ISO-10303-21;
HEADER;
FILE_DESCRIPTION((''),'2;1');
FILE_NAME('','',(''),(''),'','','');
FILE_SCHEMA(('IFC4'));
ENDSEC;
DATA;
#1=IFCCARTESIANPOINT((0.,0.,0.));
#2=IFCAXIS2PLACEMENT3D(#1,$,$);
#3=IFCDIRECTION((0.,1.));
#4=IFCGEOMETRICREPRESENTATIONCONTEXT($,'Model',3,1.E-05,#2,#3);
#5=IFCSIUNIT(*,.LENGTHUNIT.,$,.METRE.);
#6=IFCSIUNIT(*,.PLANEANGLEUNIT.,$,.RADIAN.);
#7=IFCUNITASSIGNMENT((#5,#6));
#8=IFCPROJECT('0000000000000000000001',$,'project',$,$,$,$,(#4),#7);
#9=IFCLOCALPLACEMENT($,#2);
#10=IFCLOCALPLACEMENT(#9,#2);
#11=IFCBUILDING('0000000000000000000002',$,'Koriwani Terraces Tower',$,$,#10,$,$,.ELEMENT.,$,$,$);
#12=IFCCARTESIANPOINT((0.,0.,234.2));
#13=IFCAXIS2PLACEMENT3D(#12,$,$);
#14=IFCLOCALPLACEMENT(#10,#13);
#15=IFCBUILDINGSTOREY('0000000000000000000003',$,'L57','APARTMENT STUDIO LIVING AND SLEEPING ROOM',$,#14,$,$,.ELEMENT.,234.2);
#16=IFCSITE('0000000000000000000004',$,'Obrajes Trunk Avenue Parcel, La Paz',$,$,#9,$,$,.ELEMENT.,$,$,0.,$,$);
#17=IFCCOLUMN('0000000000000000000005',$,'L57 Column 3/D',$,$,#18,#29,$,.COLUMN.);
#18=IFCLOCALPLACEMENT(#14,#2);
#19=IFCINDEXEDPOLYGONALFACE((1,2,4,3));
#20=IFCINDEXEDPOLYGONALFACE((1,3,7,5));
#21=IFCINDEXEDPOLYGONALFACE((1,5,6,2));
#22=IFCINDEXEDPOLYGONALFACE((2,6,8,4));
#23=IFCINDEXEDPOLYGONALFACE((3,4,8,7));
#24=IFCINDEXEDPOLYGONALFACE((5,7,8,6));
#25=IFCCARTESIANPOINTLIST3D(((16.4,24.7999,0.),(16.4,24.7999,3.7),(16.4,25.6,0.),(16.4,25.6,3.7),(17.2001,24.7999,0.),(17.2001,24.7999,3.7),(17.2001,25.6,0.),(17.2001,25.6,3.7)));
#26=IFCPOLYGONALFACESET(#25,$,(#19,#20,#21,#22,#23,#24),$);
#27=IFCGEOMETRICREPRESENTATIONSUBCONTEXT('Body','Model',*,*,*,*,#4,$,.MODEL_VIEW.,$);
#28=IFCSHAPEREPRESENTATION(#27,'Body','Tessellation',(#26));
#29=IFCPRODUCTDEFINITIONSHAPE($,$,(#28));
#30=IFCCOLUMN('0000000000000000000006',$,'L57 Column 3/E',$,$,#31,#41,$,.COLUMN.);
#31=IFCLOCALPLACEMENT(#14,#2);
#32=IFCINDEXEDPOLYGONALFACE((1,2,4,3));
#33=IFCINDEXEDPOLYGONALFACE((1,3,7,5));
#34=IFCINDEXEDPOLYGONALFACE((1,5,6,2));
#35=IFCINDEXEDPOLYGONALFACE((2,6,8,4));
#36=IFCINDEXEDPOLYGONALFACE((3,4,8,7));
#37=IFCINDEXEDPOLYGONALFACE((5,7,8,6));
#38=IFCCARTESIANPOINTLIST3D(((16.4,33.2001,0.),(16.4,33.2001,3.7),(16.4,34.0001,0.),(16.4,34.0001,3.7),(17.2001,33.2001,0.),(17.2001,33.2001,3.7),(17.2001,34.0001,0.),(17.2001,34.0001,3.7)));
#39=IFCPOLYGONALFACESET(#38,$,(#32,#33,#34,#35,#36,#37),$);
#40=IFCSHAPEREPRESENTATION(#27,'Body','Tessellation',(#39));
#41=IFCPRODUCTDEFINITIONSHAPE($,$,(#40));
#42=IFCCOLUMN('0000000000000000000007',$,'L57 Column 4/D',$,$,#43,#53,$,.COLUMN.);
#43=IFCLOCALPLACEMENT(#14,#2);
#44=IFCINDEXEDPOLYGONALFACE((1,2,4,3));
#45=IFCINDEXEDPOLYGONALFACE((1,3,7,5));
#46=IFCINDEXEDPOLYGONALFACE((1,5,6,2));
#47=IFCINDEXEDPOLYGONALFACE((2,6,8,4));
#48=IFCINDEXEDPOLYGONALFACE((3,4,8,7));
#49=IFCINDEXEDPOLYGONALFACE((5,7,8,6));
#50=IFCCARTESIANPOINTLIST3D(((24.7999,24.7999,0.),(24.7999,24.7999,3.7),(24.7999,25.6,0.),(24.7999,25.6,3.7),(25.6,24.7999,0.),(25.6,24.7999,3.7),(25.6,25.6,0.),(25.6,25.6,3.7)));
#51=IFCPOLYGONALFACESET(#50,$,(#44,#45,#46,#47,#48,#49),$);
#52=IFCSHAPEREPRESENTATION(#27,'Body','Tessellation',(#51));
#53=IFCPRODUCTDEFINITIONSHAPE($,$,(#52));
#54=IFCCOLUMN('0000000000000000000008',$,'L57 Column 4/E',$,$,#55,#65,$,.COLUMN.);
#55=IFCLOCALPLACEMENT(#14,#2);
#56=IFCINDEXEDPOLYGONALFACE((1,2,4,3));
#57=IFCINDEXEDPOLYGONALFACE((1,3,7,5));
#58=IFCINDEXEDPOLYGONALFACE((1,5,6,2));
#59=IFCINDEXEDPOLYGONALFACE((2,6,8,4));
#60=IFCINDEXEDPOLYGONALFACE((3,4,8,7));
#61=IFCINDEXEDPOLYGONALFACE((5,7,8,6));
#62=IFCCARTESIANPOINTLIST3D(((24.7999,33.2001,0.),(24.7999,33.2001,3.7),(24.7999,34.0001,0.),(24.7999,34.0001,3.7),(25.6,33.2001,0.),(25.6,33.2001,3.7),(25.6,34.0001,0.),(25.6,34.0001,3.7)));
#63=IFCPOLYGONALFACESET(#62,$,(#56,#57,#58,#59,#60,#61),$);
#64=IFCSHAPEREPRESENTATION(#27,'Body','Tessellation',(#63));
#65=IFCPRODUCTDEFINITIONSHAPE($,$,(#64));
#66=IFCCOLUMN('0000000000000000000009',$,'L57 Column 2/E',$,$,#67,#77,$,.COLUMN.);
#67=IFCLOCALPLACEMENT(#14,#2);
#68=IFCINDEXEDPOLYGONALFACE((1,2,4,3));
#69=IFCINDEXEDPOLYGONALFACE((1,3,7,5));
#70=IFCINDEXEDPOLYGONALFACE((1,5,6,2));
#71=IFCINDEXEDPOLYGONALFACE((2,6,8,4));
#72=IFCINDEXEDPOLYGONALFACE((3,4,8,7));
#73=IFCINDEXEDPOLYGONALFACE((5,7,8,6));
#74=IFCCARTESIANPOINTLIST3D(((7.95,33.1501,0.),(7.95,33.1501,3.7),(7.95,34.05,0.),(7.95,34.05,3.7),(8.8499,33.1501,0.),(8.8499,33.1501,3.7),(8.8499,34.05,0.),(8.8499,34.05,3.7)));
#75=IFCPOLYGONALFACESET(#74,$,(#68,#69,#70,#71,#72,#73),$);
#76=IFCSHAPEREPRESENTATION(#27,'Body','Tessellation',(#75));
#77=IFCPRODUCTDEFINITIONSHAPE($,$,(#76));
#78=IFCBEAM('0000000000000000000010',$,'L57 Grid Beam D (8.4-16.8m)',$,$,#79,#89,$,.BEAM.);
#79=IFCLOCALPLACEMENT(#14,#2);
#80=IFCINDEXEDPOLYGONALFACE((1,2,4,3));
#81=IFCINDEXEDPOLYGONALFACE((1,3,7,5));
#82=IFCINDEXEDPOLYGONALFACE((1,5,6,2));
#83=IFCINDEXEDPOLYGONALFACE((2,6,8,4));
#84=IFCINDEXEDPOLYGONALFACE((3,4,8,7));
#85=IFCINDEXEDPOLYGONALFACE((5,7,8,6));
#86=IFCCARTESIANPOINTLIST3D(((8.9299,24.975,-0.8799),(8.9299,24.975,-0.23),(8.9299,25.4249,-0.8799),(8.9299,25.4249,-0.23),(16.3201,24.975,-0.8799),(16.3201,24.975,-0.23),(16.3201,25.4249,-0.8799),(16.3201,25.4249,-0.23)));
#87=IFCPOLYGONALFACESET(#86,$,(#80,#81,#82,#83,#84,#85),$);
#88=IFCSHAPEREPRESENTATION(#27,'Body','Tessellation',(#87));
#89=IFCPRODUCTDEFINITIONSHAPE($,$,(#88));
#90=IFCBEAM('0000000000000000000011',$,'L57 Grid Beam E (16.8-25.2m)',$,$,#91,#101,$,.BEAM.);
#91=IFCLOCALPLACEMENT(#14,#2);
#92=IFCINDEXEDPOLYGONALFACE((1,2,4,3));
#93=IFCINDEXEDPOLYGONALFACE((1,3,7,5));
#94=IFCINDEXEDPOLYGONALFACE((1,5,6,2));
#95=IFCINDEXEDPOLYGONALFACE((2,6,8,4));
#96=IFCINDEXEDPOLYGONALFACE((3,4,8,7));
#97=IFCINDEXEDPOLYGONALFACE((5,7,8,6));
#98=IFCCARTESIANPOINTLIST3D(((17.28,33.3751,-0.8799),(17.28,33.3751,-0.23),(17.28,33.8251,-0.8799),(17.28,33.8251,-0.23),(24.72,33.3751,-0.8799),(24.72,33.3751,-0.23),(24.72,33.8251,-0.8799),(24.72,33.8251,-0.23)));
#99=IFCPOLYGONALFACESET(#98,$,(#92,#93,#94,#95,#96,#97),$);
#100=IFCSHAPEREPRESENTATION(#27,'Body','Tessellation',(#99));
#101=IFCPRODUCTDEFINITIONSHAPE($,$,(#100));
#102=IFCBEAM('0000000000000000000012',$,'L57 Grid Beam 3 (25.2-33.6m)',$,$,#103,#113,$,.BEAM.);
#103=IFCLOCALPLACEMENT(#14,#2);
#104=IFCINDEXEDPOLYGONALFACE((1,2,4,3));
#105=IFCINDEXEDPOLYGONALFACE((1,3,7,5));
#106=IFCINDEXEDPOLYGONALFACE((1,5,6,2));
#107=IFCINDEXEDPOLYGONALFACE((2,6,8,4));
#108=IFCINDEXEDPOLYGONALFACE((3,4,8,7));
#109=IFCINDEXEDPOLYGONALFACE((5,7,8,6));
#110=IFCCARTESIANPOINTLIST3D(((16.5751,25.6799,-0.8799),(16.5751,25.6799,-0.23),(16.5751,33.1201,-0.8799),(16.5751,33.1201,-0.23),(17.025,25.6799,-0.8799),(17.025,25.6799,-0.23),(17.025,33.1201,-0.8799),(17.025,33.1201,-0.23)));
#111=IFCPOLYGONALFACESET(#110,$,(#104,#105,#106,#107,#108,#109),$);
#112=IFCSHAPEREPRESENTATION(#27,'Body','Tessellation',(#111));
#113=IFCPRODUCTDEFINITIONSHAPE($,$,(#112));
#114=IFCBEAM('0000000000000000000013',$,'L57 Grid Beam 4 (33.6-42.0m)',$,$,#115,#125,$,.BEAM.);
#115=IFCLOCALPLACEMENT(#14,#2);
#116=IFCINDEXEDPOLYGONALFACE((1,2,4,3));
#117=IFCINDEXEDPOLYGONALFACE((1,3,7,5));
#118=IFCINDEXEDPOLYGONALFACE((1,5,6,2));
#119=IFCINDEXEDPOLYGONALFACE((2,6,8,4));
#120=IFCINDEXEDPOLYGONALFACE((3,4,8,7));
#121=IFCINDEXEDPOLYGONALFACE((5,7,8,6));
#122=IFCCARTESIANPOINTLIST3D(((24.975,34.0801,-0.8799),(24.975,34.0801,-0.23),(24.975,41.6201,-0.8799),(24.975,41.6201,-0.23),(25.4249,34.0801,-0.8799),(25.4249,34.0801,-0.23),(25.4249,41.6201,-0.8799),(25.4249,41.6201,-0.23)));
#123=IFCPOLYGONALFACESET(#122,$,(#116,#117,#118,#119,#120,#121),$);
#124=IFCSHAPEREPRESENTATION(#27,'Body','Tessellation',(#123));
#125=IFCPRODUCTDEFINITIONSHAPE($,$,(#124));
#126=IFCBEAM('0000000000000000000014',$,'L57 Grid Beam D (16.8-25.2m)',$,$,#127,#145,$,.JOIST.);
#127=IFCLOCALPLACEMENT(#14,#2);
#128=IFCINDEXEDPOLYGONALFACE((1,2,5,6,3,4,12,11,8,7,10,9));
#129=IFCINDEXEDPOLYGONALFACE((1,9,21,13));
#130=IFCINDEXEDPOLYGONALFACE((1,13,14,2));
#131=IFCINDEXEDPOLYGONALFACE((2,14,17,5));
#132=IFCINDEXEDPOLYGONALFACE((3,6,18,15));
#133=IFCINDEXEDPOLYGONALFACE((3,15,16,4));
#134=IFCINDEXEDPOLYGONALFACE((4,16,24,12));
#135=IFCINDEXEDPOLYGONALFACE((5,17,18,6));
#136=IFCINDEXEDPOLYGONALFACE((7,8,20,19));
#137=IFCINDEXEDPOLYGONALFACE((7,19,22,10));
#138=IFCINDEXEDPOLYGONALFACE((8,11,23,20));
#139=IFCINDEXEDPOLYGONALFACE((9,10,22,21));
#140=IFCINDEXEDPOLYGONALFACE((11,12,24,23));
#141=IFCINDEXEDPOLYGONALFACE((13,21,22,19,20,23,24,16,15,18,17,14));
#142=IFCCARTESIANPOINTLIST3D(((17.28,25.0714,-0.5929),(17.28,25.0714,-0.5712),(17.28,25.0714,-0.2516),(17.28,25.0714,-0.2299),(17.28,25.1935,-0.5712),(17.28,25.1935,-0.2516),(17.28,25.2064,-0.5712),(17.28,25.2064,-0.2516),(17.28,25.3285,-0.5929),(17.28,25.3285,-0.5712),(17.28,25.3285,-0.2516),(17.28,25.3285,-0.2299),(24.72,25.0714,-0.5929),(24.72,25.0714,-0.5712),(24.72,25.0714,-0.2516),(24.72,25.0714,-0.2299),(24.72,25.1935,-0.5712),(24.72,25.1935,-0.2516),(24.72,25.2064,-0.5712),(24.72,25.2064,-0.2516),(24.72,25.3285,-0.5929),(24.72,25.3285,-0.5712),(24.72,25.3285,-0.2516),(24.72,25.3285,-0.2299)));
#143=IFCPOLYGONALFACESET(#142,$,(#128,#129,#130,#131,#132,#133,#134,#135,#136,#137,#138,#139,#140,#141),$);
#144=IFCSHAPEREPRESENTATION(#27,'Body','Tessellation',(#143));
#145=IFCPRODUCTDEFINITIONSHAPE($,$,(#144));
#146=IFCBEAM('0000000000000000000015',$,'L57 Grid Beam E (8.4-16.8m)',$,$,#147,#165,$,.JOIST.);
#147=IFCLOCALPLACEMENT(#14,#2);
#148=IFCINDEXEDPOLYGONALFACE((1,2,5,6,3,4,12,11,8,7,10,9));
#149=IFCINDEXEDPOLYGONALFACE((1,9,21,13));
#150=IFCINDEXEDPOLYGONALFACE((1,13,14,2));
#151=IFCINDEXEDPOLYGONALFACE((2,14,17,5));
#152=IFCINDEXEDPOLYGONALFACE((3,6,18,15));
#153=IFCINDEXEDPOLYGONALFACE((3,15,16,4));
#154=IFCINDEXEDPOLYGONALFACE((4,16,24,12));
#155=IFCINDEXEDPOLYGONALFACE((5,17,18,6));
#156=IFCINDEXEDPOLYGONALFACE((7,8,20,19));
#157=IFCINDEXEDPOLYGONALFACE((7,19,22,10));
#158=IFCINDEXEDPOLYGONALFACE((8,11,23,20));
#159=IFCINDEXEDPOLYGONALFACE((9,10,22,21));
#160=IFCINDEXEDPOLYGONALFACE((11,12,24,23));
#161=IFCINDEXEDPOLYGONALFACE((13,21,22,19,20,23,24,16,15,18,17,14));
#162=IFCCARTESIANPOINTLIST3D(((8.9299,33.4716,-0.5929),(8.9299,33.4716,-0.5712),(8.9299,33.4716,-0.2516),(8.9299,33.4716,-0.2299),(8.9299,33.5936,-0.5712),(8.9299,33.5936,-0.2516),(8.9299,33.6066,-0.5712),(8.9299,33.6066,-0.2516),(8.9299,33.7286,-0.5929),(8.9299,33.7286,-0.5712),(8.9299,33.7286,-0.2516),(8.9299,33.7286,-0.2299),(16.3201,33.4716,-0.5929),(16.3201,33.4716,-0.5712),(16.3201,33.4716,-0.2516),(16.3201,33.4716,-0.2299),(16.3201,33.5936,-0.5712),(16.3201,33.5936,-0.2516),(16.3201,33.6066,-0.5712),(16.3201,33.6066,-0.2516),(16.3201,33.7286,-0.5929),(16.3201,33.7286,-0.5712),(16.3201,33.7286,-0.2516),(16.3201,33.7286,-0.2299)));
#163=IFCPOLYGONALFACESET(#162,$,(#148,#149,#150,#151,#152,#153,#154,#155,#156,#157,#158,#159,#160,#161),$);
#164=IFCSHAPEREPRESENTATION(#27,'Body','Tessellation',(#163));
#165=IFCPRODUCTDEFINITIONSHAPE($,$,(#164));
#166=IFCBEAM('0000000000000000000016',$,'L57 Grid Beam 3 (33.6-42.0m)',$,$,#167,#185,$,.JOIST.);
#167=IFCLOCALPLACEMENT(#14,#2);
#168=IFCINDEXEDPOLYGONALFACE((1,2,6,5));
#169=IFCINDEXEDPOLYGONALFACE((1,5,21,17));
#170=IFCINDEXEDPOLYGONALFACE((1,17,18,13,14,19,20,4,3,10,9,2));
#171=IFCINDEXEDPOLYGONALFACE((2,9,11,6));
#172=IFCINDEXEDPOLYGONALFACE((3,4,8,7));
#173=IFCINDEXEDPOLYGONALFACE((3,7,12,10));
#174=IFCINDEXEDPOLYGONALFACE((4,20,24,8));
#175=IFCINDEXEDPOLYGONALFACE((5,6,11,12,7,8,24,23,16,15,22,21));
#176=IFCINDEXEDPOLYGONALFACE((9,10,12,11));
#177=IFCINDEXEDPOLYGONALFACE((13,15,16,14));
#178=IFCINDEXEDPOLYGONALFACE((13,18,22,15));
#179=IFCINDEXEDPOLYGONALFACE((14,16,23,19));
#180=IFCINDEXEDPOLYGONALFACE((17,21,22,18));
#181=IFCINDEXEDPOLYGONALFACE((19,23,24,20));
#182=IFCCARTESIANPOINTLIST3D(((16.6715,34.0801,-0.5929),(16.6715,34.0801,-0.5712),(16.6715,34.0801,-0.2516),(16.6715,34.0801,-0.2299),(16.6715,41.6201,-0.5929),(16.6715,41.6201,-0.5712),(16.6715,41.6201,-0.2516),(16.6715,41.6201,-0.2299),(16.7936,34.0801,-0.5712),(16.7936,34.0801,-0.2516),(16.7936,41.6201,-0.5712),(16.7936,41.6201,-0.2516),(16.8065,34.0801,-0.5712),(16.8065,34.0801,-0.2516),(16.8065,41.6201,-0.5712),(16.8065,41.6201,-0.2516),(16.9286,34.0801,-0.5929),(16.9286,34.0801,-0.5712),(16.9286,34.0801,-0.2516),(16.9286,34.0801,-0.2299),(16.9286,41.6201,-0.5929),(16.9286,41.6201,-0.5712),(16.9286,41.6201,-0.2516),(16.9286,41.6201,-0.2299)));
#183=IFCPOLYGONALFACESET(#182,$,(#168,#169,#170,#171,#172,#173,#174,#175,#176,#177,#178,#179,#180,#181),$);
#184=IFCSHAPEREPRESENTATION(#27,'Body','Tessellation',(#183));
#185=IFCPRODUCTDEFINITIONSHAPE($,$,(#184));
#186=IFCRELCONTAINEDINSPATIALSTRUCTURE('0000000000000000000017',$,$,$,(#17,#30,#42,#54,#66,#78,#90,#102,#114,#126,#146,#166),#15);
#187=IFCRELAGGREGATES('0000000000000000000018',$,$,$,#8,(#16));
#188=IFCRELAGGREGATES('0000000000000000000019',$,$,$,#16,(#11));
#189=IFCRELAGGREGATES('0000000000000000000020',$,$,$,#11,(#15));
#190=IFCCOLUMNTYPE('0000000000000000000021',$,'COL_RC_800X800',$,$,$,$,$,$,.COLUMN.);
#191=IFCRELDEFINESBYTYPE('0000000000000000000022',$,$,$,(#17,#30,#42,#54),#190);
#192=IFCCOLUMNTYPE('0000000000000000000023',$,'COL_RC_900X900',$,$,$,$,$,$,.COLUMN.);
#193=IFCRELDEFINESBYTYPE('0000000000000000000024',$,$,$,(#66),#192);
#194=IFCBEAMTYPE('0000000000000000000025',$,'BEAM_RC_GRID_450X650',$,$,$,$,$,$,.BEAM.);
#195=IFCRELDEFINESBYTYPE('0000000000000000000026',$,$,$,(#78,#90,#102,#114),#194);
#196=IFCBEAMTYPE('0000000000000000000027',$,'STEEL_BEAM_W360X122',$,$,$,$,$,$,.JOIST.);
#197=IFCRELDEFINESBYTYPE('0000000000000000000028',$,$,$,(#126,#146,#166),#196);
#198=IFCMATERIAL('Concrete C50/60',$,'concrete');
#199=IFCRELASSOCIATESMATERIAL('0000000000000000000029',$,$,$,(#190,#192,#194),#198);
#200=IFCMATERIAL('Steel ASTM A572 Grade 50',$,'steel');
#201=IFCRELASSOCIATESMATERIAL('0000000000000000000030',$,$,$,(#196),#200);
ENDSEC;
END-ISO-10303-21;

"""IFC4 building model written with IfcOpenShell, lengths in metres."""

from ifc_helpers import new_model, si_unit, direction, frame, origin, origin_2d, place, context, subcontext, project, spatial, rectangle, i_section, extrude, material, material_profile, profile_set, type_object, element, save


model = new_model("IFC4")

# Units and contexts
model_context = context("Model", 3, precision=1e-05, world=origin(), true_north=direction((0.0, 1.0)))
body_context = subcontext(model_context, "Body", "Model", "MODEL_VIEW")
ifc_project = project(units=[si_unit("LENGTHUNIT", "METRE"), si_unit("PLANEANGLEUNIT", "RADIAN")], contexts=[model_context])

# Site, building, storey
site_placement = place(None, origin())
site = spatial("IfcSite", under=ifc_project, at=site_placement, Name="Obrajes Trunk Avenue Parcel, La Paz", CompositionType="ELEMENT", RefElevation=0.0)
building_placement = place(site_placement, origin())
building = spatial("IfcBuilding", under=site, at=building_placement, Name="Koriwani Terraces Tower", CompositionType="ELEMENT")
storey_placement = place(building_placement, frame((0.0, 0.0, 234.2)))
storey = spatial("IfcBuildingStorey", under=building, at=storey_placement, Name="L57", Description="APARTMENT STUDIO LIVING AND SLEEPING ROOM", CompositionType="ELEMENT", Elevation=234.2)

# Columns
ifc_material_1 = material(Name="Concrete C50/60", Category="concrete")
ifc_material_profile_1 = material_profile(ifc_material_1, rectangle(XDim=0.8, YDim=0.8, at=origin_2d()), Name="Concrete C50/60", Category="LoadBearing")
ifc_profile_set_1 = profile_set([ifc_material_profile_1], Name="Concrete C50/60")
column_type_1 = type_object("IfcColumnType", Name="COL_RC_800X800", PredefinedType="COLUMN", material=ifc_profile_set_1)
for number, where, z_axis, x_axis, name in (
    (1, (16.8, 25.2, 0.0), (0.0, 0.0, 1.0), (1.0, 0.0, 0.0), "L57 Column 3/D"),
    (2, (16.8, 33.6001, 0.0), (0.0, 0.0, 1.0), (1.0, 0.0, 0.0), "L57 Column 3/E"),
    (3, (25.2, 25.2, 0.0), (0.0, 0.0, 1.0), (1.0, 0.0, 0.0), "L57 Column 4/D"),
    (4, (25.2, 33.6001, 0.0), (0.0, 0.0, 1.0), (1.0, 0.0, 0.0), "L57 Column 4/E"),
):
    element("IfcColumn", number, at=place(storey_placement, frame(where, z_axis=z_axis, x_axis=x_axis)), inside=storey, type_object=column_type_1, Name=name, PredefinedType="COLUMN", context=body_context, shape_type="SweptSolid", body=[
        extrude(rectangle(XDim=0.8, YDim=0.8, at=origin_2d()), origin(), (0.0, 0.0, 1.0), 3.7),
    ])
ifc_material_profile_2 = material_profile(ifc_material_1, rectangle(XDim=0.8999, YDim=0.8999, at=origin_2d()), Name="Concrete C50/60", Category="LoadBearing")
ifc_profile_set_2 = profile_set([ifc_material_profile_2], Name="Concrete C50/60")
column_type_2 = type_object("IfcColumnType", Name="COL_RC_900X900", PredefinedType="COLUMN", material=ifc_profile_set_2)
column_placement = place(storey_placement, frame((8.3999, 33.6001, 0.0), z_axis=(0.0, 0.0, 1.0), x_axis=(1.0, 0.0, 0.0)))
element("IfcColumn", 5, at=column_placement, inside=storey, type_object=column_type_2, Name="L57 Column 2/E", PredefinedType="COLUMN", context=body_context, shape_type="SweptSolid", body=[
    extrude(rectangle(XDim=0.8999, YDim=0.8999, at=origin_2d()), origin(), (0.0, 0.0, 1.0), 3.7),
])

# Beams
ifc_material_profile_3 = material_profile(ifc_material_1, rectangle(XDim=0.45, YDim=0.6499, at=origin_2d()), Name="Concrete C50/60", Category="LoadBearing")
ifc_profile_set_3 = profile_set([ifc_material_profile_3], Name="Concrete C50/60")
beam_type_1 = type_object("IfcBeamType", Name="BEAM_RC_GRID_450X650", PredefinedType="BEAM", material=ifc_profile_set_3)
beam_1_placement = place(storey_placement, frame((8.9299, 25.2, -0.5549), z_axis=(1.0, 0.0, 0.0), x_axis=(0.0, 1.0, 0.0)))
element("IfcBeam", 6, at=beam_1_placement, inside=storey, type_object=beam_type_1, Name="L57 Grid Beam D (8.4-16.8m)", PredefinedType="BEAM", context=body_context, shape_type="SweptSolid", body=[
    extrude(rectangle(XDim=0.45, YDim=0.6499, at=origin_2d()), origin(), (0.0, 0.0, 1.0), 7.3901),
])
beam_2_placement = place(storey_placement, frame((17.28, 33.6001, -0.5549), z_axis=(1.0, 0.0, 0.0), x_axis=(0.0, 1.0, 0.0)))
element("IfcBeam", 7, at=beam_2_placement, inside=storey, type_object=beam_type_1, Name="L57 Grid Beam E (16.8-25.2m)", PredefinedType="BEAM", context=body_context, shape_type="SweptSolid", body=[
    extrude(rectangle(XDim=0.45, YDim=0.6499, at=origin_2d()), origin(), (0.0, 0.0, 1.0), 7.4399),
])
beam_3_placement = place(storey_placement, frame((16.8, 25.6799, -0.5549), z_axis=(0.0, 1.0, 0.0), x_axis=(-1.0, 0.0, 0.0)))
element("IfcBeam", 8, at=beam_3_placement, inside=storey, type_object=beam_type_1, Name="L57 Grid Beam 3 (25.2-33.6m)", PredefinedType="BEAM", context=body_context, shape_type="SweptSolid", body=[
    extrude(rectangle(XDim=0.45, YDim=0.6499, at=origin_2d()), origin(), (0.0, 0.0, 1.0), 7.4402),
])
beam_4_placement = place(storey_placement, frame((25.2, 34.0801, -0.5549), z_axis=(0.0, 1.0, 0.0), x_axis=(-1.0, 0.0, 0.0)))
element("IfcBeam", 9, at=beam_4_placement, inside=storey, type_object=beam_type_1, Name="L57 Grid Beam 4 (33.6-42.0m)", PredefinedType="BEAM", context=body_context, shape_type="SweptSolid", body=[
    extrude(rectangle(XDim=0.45, YDim=0.6499, at=origin_2d()), origin(), (0.0, 0.0, 1.0), 7.54),
])
ifc_material_2 = material(Name="Steel ASTM A572 Grade 50", Category="steel")
ifc_material_profile_4 = material_profile(ifc_material_2, i_section(OverallWidth=0.2571, OverallDepth=0.363, WebThickness=0.0129, FlangeThickness=0.0217, at=origin_2d()), Name="Steel ASTM A572 Grade 50", Category="LoadBearing")
ifc_profile_set_4 = profile_set([ifc_material_profile_4], Name="Steel ASTM A572 Grade 50")
beam_type_2 = type_object("IfcBeamType", Name="STEEL_BEAM_W360X122", PredefinedType="JOIST", material=ifc_profile_set_4)
beam_5_placement = place(storey_placement, frame((17.28, 25.2, -0.4114), z_axis=(1.0, 0.0, 0.0), x_axis=(0.0, 1.0, 0.0)))
element("IfcBeam", 10, at=beam_5_placement, inside=storey, type_object=beam_type_2, Name="L57 Grid Beam D (16.8-25.2m)", PredefinedType="JOIST", context=body_context, shape_type="SweptSolid", body=[
    extrude(i_section(OverallWidth=0.2571, OverallDepth=0.363, WebThickness=0.0129, FlangeThickness=0.0217, at=origin_2d()), origin(), (0.0, 0.0, 1.0), 7.4399),
])
beam_6_placement = place(storey_placement, frame((8.9299, 33.6001, -0.4114), z_axis=(1.0, 0.0, 0.0), x_axis=(0.0, 1.0, 0.0)))
element("IfcBeam", 11, at=beam_6_placement, inside=storey, type_object=beam_type_2, Name="L57 Grid Beam E (8.4-16.8m)", PredefinedType="JOIST", context=body_context, shape_type="SweptSolid", body=[
    extrude(i_section(OverallWidth=0.2571, OverallDepth=0.363, WebThickness=0.0129, FlangeThickness=0.0217, at=origin_2d()), origin(), (0.0, 0.0, 1.0), 7.3901),
])
beam_7_placement = place(storey_placement, frame((16.8, 34.0801, -0.4114), z_axis=(0.0, 1.0, 0.0), x_axis=(-1.0, 0.0, 0.0)))
element("IfcBeam", 12, at=beam_7_placement, inside=storey, type_object=beam_type_2, Name="L57 Grid Beam 3 (33.6-42.0m)", PredefinedType="JOIST", context=body_context, shape_type="SweptSolid", body=[
    extrude(i_section(OverallWidth=0.2571, OverallDepth=0.363, WebThickness=0.0129, FlangeThickness=0.0217, at=origin_2d()), origin(), (0.0, 0.0, 1.0), 7.54),
])

save(model, "model.ifc")
